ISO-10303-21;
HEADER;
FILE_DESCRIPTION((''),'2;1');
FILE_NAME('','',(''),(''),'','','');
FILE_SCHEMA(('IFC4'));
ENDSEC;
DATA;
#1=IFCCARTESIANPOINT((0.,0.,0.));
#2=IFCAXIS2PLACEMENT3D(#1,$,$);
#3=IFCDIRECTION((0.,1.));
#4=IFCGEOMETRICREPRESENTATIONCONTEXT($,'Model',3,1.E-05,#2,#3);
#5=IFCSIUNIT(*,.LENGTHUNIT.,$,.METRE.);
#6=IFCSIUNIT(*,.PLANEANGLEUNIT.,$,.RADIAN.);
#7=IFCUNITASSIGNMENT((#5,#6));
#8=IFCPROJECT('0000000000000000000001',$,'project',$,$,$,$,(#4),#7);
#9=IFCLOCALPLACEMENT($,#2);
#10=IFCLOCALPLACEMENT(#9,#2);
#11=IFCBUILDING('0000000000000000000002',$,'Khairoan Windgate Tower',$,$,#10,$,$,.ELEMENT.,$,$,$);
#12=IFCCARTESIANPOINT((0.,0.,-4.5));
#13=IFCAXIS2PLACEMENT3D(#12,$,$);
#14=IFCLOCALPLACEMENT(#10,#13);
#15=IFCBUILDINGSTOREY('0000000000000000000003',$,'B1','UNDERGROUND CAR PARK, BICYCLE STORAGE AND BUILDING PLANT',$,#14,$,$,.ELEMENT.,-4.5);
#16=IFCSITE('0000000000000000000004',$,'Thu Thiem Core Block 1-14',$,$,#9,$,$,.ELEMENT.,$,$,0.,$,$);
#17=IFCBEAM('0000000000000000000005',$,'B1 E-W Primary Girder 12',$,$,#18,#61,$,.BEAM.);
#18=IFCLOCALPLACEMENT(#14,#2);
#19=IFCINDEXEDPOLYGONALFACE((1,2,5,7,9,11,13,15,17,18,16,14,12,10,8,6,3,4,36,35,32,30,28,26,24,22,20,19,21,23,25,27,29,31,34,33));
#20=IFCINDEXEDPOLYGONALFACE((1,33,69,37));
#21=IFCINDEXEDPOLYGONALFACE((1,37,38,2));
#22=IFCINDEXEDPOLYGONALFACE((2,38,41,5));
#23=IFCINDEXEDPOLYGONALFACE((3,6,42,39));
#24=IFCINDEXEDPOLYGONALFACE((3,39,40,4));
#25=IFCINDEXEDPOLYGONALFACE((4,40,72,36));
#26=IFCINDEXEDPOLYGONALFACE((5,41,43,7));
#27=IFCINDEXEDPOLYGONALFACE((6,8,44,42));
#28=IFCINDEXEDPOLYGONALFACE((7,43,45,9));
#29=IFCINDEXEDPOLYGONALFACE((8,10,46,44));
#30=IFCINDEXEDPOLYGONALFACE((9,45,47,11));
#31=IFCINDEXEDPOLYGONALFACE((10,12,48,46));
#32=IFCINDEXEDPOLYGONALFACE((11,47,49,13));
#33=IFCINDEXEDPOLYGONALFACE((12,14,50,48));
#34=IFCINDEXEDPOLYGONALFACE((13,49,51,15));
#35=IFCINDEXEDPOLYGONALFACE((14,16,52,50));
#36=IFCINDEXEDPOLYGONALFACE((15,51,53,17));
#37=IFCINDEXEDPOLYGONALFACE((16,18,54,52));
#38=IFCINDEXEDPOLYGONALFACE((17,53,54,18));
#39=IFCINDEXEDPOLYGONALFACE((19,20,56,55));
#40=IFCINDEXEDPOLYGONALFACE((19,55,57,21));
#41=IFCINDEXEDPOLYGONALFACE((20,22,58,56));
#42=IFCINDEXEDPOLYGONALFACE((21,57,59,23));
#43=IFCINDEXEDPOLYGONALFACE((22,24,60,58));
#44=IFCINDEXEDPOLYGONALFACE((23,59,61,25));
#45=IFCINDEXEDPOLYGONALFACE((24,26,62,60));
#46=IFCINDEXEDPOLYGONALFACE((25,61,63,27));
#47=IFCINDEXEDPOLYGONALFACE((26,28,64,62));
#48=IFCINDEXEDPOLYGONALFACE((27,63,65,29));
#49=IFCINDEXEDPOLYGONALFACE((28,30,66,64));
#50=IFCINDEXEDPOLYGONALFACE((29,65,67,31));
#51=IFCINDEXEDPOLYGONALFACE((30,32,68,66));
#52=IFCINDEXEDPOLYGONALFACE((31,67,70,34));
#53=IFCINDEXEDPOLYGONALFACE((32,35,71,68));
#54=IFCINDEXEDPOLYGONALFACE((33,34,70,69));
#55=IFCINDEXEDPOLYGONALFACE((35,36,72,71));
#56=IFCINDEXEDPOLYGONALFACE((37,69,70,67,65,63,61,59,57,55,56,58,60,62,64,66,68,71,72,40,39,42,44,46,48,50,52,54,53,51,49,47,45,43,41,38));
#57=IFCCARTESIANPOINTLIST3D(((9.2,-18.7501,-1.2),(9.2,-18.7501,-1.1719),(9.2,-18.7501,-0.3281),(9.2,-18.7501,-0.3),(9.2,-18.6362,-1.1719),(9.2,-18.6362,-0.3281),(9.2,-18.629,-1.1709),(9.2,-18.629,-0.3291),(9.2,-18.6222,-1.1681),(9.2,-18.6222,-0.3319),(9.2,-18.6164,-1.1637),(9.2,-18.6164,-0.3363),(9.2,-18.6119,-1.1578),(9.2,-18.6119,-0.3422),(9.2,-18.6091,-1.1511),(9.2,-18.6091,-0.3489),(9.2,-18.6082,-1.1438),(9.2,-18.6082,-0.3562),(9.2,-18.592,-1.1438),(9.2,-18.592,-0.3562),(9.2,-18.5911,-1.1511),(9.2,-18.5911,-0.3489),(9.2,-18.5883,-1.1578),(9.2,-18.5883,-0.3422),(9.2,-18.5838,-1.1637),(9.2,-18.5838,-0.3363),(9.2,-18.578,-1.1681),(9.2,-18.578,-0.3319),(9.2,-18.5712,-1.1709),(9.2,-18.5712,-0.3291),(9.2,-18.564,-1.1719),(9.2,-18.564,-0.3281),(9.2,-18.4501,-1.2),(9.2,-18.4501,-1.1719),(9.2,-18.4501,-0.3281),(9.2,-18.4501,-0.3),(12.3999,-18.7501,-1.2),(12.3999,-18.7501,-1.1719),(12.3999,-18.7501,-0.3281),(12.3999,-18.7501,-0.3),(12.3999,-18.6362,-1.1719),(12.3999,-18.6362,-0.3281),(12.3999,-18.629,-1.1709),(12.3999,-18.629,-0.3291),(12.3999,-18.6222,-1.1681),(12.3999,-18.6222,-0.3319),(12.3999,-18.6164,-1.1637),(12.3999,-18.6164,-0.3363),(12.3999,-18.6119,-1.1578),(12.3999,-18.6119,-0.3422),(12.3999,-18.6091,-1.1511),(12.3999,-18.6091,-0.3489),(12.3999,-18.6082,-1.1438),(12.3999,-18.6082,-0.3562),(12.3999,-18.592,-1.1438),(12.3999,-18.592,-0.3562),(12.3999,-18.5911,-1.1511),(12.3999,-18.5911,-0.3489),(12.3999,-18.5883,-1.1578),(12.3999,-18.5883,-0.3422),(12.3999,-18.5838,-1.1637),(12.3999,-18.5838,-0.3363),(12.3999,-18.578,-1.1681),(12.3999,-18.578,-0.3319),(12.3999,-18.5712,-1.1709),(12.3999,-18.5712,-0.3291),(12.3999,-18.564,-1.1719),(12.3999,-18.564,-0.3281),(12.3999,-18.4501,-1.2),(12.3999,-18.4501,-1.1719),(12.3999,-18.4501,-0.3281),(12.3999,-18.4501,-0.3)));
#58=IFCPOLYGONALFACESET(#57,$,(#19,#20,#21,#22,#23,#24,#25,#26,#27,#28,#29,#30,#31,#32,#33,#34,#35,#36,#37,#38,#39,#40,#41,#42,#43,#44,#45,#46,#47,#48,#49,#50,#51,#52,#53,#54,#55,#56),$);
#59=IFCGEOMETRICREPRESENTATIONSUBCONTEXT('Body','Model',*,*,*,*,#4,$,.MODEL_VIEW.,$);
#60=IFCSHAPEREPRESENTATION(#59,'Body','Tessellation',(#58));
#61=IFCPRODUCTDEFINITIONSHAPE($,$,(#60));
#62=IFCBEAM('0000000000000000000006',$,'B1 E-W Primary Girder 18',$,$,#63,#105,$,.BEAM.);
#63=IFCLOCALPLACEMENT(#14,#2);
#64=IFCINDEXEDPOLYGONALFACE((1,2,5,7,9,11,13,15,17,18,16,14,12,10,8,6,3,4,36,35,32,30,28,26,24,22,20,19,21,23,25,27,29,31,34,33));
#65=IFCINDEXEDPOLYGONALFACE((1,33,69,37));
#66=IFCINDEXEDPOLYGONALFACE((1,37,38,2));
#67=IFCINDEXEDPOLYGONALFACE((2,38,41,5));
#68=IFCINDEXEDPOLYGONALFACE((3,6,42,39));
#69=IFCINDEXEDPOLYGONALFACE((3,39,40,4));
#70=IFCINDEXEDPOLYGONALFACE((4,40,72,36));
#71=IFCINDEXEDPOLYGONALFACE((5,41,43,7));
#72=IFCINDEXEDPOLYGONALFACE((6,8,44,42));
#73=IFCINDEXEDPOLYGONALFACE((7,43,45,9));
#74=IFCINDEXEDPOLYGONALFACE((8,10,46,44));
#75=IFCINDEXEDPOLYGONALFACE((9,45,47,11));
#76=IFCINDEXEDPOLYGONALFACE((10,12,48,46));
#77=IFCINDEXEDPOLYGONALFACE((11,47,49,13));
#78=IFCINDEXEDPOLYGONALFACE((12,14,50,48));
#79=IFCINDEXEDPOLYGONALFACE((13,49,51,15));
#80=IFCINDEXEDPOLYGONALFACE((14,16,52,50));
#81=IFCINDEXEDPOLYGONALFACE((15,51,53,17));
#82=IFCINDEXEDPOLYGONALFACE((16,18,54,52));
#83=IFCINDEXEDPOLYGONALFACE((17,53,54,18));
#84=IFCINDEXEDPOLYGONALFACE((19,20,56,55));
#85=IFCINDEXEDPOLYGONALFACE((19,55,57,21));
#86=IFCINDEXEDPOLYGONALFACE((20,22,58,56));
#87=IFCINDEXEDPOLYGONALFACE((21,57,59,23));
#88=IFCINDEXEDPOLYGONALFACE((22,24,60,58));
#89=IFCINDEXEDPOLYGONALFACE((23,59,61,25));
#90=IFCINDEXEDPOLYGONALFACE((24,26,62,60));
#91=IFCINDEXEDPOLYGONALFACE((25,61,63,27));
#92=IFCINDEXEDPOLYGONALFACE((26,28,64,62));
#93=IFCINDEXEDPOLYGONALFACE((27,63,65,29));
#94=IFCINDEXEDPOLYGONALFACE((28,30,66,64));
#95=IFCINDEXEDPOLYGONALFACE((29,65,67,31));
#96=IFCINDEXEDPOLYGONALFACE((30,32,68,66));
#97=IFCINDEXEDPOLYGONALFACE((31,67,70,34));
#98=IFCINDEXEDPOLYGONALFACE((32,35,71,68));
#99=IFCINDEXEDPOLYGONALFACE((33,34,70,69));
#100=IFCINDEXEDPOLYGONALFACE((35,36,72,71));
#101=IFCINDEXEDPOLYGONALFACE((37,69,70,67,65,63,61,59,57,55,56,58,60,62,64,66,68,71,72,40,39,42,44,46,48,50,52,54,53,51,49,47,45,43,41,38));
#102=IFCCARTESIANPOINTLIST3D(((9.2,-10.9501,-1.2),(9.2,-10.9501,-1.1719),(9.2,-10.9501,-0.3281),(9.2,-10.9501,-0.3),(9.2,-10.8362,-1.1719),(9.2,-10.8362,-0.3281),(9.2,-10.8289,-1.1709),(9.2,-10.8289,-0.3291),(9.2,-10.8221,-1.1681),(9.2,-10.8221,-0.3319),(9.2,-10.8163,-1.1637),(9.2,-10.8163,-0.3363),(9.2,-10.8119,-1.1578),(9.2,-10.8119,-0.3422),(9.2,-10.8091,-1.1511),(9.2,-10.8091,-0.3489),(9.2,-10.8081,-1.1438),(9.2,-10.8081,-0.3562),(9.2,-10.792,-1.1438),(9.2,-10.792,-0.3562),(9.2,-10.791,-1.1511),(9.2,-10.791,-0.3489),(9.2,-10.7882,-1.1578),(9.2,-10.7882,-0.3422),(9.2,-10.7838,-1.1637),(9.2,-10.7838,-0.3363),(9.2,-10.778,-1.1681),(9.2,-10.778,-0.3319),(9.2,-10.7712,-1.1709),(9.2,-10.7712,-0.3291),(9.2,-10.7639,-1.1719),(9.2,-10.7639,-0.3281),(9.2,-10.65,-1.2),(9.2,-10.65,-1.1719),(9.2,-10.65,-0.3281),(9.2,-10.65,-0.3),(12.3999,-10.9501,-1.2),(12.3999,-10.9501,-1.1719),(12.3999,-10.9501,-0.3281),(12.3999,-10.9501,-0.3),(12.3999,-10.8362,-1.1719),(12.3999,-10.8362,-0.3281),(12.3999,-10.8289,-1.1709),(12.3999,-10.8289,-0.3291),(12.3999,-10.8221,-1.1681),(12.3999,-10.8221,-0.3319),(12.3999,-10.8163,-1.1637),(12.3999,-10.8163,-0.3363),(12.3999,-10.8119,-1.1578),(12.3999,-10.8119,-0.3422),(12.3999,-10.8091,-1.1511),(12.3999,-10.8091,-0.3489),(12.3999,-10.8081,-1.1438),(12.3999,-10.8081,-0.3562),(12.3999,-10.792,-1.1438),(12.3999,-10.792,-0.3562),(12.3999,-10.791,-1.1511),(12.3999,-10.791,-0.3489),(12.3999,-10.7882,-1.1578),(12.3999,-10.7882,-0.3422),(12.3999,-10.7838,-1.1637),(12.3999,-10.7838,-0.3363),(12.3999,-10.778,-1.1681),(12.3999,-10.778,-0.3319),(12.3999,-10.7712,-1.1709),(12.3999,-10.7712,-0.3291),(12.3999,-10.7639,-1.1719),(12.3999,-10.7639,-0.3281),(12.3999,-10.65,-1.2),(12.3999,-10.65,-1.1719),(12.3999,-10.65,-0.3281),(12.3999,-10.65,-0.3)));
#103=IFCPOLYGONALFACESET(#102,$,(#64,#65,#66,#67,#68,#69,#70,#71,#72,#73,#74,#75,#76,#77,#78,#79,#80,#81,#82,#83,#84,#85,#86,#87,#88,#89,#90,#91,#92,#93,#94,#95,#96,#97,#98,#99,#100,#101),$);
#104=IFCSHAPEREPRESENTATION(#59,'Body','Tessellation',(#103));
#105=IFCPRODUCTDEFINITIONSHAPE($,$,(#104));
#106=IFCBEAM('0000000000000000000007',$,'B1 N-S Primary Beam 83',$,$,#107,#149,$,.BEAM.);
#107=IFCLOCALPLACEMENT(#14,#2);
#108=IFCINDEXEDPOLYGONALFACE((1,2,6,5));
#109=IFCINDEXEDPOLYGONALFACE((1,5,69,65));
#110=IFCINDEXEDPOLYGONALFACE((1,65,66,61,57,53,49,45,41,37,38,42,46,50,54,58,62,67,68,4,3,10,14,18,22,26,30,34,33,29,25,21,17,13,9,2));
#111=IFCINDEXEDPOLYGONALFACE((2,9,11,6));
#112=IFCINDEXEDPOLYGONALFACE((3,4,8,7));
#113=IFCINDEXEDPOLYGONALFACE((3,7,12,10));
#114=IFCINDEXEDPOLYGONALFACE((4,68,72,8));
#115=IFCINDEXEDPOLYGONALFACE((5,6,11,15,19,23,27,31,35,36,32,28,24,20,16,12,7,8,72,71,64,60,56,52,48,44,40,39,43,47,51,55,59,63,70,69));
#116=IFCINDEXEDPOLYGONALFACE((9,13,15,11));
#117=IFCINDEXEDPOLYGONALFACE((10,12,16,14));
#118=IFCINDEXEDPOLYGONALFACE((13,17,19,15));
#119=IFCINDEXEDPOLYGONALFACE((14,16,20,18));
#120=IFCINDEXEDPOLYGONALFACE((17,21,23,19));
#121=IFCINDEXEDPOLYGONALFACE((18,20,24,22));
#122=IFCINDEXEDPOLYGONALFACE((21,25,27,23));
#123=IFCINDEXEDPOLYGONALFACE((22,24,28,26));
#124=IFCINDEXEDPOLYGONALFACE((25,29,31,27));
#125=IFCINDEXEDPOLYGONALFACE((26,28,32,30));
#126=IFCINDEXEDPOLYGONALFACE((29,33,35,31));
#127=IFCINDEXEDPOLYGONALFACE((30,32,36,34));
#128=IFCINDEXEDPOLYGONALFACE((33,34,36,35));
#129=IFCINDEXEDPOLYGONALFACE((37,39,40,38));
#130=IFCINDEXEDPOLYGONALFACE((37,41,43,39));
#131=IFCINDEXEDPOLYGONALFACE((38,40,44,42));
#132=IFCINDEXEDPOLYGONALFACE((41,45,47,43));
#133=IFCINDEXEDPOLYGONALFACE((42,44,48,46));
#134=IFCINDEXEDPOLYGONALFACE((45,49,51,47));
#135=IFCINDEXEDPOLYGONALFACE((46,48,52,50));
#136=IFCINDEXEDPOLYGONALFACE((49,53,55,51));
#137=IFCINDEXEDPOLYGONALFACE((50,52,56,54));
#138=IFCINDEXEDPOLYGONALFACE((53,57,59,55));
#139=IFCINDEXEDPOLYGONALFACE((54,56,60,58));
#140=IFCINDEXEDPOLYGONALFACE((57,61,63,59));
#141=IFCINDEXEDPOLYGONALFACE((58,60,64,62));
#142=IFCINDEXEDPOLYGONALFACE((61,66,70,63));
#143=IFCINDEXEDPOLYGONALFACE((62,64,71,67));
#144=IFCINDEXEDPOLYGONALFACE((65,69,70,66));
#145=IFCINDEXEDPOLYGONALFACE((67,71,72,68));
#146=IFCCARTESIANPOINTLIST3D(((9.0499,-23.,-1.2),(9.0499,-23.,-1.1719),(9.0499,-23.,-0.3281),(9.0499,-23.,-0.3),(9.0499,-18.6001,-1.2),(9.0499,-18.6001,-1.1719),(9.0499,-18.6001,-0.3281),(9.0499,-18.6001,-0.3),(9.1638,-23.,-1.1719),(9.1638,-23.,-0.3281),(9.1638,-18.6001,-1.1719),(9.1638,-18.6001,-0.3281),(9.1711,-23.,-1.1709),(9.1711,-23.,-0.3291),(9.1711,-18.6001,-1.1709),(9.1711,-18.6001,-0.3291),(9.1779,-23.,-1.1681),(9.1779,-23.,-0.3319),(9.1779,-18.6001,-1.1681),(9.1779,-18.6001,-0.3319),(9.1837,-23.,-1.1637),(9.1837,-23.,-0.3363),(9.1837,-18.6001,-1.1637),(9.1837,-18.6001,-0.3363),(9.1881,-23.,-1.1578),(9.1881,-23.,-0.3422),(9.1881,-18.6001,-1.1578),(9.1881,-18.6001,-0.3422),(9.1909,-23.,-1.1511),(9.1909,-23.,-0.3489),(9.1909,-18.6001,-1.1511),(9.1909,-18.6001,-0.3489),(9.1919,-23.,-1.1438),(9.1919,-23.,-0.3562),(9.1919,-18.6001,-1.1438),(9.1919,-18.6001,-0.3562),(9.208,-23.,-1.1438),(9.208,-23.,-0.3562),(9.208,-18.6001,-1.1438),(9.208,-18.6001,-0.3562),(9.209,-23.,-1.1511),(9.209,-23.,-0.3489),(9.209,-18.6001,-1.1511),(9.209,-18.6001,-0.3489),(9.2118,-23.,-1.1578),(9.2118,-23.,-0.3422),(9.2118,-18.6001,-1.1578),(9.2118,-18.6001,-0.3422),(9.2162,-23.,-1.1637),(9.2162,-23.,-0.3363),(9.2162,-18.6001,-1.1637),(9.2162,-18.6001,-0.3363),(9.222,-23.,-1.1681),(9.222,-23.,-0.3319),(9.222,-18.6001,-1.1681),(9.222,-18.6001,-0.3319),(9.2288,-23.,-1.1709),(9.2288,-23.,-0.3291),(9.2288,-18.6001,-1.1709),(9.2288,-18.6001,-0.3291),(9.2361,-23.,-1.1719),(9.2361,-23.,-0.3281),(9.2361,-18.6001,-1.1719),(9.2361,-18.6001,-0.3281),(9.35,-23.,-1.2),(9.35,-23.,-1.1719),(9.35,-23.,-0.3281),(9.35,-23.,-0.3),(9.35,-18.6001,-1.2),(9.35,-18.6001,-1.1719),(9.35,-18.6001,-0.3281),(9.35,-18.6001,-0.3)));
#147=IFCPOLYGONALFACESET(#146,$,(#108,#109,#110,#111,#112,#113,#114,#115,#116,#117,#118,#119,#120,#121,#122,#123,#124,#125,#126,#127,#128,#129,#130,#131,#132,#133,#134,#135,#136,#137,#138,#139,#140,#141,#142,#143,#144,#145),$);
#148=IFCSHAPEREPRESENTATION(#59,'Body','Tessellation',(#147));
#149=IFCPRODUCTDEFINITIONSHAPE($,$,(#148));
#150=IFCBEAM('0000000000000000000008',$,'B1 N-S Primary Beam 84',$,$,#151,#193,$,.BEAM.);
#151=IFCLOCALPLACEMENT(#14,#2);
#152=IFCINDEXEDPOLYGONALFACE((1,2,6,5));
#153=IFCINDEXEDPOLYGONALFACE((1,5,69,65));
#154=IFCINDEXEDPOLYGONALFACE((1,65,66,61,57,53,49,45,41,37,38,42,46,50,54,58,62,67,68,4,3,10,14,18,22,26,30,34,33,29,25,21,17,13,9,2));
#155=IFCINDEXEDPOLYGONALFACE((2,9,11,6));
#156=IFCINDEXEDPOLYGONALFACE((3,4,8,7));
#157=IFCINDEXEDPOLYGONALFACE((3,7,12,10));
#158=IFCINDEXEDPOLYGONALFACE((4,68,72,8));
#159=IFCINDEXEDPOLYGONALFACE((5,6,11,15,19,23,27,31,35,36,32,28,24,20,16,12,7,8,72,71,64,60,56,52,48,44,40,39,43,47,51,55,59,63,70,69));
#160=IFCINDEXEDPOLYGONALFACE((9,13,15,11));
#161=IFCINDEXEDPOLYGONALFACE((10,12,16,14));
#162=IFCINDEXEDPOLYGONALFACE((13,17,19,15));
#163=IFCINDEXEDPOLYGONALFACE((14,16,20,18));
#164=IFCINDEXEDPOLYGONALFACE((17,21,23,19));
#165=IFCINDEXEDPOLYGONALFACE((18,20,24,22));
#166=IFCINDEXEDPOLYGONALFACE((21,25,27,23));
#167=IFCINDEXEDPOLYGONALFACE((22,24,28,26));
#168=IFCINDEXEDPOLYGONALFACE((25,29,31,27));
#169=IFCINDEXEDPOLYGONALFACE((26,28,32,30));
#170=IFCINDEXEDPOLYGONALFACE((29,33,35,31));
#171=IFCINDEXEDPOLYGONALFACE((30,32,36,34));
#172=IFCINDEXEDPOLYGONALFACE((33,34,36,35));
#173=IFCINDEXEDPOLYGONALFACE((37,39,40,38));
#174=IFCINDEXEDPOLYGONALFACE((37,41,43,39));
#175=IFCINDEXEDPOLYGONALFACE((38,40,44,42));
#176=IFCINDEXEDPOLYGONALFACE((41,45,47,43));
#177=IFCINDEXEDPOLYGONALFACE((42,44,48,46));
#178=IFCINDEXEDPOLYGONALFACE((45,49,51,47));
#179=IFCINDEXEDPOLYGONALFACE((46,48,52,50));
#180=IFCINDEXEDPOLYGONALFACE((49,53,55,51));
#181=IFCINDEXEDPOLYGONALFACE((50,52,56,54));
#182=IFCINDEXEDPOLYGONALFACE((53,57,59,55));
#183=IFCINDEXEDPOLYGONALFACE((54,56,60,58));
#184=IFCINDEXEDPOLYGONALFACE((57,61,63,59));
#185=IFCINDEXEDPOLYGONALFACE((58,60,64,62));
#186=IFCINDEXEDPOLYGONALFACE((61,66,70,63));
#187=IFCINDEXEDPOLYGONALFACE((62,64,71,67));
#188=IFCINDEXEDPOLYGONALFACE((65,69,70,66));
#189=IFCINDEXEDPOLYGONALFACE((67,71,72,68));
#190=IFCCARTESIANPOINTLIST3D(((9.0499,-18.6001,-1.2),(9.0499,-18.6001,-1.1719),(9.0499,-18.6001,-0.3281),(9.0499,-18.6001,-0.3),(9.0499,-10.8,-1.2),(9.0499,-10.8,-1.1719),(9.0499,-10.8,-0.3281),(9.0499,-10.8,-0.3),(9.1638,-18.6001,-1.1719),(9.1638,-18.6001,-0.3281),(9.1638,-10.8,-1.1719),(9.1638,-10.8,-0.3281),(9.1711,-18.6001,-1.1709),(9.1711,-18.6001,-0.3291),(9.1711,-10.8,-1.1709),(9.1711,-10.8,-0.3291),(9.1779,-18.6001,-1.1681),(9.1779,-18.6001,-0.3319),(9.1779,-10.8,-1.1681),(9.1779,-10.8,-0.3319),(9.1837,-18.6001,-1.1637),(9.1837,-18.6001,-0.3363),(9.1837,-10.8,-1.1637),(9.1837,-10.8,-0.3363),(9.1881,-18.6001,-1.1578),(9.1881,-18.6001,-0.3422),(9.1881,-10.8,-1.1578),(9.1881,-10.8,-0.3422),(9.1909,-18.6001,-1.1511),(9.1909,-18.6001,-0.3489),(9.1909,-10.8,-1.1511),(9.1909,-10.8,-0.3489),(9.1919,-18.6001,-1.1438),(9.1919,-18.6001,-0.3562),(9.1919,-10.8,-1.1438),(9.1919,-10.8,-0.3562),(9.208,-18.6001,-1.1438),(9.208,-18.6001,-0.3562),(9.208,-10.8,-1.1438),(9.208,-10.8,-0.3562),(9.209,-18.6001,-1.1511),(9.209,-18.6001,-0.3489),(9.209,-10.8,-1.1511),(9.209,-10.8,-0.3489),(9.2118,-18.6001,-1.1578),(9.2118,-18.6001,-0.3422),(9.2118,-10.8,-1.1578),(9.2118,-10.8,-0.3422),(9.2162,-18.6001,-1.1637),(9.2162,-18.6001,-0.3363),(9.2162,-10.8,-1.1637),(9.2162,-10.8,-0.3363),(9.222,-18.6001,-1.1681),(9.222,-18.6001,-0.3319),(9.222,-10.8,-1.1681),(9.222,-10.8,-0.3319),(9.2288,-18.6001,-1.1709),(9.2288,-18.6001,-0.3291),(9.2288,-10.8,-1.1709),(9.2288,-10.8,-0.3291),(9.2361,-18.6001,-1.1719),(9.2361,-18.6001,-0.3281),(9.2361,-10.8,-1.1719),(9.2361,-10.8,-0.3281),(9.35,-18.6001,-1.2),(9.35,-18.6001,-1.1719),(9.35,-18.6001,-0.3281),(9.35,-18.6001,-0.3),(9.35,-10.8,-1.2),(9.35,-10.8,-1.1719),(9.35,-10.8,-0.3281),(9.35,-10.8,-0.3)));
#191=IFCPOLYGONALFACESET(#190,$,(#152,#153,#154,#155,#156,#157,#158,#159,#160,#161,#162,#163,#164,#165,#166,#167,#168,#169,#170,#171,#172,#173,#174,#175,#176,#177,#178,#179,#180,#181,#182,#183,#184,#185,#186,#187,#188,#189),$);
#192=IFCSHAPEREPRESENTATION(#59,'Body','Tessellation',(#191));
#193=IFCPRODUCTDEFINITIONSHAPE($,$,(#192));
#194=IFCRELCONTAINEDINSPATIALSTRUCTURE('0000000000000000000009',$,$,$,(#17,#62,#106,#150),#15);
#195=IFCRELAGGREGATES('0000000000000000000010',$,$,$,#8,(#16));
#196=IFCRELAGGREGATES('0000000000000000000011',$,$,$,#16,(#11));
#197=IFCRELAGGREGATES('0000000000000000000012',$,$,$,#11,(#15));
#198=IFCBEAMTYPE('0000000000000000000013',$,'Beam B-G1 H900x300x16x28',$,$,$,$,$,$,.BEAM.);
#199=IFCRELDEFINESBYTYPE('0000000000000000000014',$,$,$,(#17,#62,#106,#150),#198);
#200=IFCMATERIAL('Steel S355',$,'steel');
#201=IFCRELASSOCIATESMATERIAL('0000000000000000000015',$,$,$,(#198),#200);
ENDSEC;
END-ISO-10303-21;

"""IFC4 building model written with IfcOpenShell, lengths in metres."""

from ifc_helpers import new_model, si_unit, direction, frame, origin, origin_2d, place, context, subcontext, project, spatial, i_section, extrude, material, material_profile, profile_set, type_object, element, save


model = new_model("IFC4")

# Units and contexts
model_context = context("Model", 3, precision=1e-05, world=origin(), true_north=direction((0.0, 1.0)))
body_context = subcontext(model_context, "Body", "Model", "MODEL_VIEW")
ifc_project = project(units=[si_unit("LENGTHUNIT", "METRE"), si_unit("PLANEANGLEUNIT", "RADIAN")], contexts=[model_context])

# Site, building, storey
site_placement = place(None, origin())
site = spatial("IfcSite", under=ifc_project, at=site_placement, Name="Thu Thiem Core Block 1-14", CompositionType="ELEMENT", RefElevation=0.0)
building_placement = place(site_placement, origin())
building = spatial("IfcBuilding", under=site, at=building_placement, Name="Khairoan Windgate Tower", CompositionType="ELEMENT")
storey_placement = place(building_placement, frame((0.0, 0.0, -4.5)))
storey = spatial("IfcBuildingStorey", under=building, at=storey_placement, Name="B1", Description="UNDERGROUND CAR PARK, BICYCLE STORAGE AND BUILDING PLANT", CompositionType="ELEMENT", Elevation=-4.5)

# Beams
ifc_material_1 = material(Name="Steel S355", Category="steel")
ifc_material_profile_1 = material_profile(ifc_material_1, i_section(OverallWidth=0.3, OverallDepth=0.8999, WebThickness=0.0161, FlangeThickness=0.0281, FilletRadius=0.0281, at=origin_2d()))
ifc_profile_set_1 = profile_set([ifc_material_profile_1], Name="Steel S355")
beam_type_1 = type_object("IfcBeamType", Name="Beam B-G1 H900x300x16x28", PredefinedType="BEAM", material=ifc_profile_set_1)
for number, where, z_axis, x_axis, name in (
    (1, (9.2, -18.6001, -0.75), (1.0, 0.0, 0.0), (0.0, 1.0, 0.0), "B1 E-W Primary Girder 12"),
    (2, (9.2, -10.8, -0.75), (1.0, 0.0, 0.0), (0.0, 1.0, 0.0), "B1 E-W Primary Girder 18"),
):
    element("IfcBeam", number, at=place(storey_placement, frame(where, z_axis=z_axis, x_axis=x_axis)), inside=storey, type_object=beam_type_1, Name=name, PredefinedType="BEAM", context=body_context, shape_type="SweptSolid", body=[
        extrude(i_section(OverallWidth=0.3, OverallDepth=0.8999, WebThickness=0.0161, FlangeThickness=0.0281, FilletRadius=0.0281, at=origin_2d()), origin(), (0.0, 0.0, 1.0), 3.2),
    ])
beam_1_placement = place(storey_placement, frame((9.2, -23.0, -0.75), z_axis=(0.0, 1.0, 0.0), x_axis=(-1.0, 0.0, 0.0)))
element("IfcBeam", 3, at=beam_1_placement, inside=storey, type_object=beam_type_1, Name="B1 N-S Primary Beam 83", PredefinedType="BEAM", context=body_context, shape_type="SweptSolid", body=[
    extrude(i_section(OverallWidth=0.3, OverallDepth=0.8999, WebThickness=0.0161, FlangeThickness=0.0281, FilletRadius=0.0281, at=origin_2d()), origin(), (0.0, 0.0, 1.0), 4.3999),
])
beam_2_placement = place(storey_placement, frame((9.2, -18.6001, -0.75), z_axis=(0.0, 1.0, 0.0), x_axis=(-1.0, 0.0, 0.0)))
element("IfcBeam", 4, at=beam_2_placement, inside=storey, type_object=beam_type_1, Name="B1 N-S Primary Beam 84", PredefinedType="BEAM", context=body_context, shape_type="SweptSolid", body=[
    extrude(i_section(OverallWidth=0.3, OverallDepth=0.8999, WebThickness=0.0161, FlangeThickness=0.0281, FilletRadius=0.0281, at=origin_2d()), origin(), (0.0, 0.0, 1.0), 7.8),
])

save(model, "model.ifc")
